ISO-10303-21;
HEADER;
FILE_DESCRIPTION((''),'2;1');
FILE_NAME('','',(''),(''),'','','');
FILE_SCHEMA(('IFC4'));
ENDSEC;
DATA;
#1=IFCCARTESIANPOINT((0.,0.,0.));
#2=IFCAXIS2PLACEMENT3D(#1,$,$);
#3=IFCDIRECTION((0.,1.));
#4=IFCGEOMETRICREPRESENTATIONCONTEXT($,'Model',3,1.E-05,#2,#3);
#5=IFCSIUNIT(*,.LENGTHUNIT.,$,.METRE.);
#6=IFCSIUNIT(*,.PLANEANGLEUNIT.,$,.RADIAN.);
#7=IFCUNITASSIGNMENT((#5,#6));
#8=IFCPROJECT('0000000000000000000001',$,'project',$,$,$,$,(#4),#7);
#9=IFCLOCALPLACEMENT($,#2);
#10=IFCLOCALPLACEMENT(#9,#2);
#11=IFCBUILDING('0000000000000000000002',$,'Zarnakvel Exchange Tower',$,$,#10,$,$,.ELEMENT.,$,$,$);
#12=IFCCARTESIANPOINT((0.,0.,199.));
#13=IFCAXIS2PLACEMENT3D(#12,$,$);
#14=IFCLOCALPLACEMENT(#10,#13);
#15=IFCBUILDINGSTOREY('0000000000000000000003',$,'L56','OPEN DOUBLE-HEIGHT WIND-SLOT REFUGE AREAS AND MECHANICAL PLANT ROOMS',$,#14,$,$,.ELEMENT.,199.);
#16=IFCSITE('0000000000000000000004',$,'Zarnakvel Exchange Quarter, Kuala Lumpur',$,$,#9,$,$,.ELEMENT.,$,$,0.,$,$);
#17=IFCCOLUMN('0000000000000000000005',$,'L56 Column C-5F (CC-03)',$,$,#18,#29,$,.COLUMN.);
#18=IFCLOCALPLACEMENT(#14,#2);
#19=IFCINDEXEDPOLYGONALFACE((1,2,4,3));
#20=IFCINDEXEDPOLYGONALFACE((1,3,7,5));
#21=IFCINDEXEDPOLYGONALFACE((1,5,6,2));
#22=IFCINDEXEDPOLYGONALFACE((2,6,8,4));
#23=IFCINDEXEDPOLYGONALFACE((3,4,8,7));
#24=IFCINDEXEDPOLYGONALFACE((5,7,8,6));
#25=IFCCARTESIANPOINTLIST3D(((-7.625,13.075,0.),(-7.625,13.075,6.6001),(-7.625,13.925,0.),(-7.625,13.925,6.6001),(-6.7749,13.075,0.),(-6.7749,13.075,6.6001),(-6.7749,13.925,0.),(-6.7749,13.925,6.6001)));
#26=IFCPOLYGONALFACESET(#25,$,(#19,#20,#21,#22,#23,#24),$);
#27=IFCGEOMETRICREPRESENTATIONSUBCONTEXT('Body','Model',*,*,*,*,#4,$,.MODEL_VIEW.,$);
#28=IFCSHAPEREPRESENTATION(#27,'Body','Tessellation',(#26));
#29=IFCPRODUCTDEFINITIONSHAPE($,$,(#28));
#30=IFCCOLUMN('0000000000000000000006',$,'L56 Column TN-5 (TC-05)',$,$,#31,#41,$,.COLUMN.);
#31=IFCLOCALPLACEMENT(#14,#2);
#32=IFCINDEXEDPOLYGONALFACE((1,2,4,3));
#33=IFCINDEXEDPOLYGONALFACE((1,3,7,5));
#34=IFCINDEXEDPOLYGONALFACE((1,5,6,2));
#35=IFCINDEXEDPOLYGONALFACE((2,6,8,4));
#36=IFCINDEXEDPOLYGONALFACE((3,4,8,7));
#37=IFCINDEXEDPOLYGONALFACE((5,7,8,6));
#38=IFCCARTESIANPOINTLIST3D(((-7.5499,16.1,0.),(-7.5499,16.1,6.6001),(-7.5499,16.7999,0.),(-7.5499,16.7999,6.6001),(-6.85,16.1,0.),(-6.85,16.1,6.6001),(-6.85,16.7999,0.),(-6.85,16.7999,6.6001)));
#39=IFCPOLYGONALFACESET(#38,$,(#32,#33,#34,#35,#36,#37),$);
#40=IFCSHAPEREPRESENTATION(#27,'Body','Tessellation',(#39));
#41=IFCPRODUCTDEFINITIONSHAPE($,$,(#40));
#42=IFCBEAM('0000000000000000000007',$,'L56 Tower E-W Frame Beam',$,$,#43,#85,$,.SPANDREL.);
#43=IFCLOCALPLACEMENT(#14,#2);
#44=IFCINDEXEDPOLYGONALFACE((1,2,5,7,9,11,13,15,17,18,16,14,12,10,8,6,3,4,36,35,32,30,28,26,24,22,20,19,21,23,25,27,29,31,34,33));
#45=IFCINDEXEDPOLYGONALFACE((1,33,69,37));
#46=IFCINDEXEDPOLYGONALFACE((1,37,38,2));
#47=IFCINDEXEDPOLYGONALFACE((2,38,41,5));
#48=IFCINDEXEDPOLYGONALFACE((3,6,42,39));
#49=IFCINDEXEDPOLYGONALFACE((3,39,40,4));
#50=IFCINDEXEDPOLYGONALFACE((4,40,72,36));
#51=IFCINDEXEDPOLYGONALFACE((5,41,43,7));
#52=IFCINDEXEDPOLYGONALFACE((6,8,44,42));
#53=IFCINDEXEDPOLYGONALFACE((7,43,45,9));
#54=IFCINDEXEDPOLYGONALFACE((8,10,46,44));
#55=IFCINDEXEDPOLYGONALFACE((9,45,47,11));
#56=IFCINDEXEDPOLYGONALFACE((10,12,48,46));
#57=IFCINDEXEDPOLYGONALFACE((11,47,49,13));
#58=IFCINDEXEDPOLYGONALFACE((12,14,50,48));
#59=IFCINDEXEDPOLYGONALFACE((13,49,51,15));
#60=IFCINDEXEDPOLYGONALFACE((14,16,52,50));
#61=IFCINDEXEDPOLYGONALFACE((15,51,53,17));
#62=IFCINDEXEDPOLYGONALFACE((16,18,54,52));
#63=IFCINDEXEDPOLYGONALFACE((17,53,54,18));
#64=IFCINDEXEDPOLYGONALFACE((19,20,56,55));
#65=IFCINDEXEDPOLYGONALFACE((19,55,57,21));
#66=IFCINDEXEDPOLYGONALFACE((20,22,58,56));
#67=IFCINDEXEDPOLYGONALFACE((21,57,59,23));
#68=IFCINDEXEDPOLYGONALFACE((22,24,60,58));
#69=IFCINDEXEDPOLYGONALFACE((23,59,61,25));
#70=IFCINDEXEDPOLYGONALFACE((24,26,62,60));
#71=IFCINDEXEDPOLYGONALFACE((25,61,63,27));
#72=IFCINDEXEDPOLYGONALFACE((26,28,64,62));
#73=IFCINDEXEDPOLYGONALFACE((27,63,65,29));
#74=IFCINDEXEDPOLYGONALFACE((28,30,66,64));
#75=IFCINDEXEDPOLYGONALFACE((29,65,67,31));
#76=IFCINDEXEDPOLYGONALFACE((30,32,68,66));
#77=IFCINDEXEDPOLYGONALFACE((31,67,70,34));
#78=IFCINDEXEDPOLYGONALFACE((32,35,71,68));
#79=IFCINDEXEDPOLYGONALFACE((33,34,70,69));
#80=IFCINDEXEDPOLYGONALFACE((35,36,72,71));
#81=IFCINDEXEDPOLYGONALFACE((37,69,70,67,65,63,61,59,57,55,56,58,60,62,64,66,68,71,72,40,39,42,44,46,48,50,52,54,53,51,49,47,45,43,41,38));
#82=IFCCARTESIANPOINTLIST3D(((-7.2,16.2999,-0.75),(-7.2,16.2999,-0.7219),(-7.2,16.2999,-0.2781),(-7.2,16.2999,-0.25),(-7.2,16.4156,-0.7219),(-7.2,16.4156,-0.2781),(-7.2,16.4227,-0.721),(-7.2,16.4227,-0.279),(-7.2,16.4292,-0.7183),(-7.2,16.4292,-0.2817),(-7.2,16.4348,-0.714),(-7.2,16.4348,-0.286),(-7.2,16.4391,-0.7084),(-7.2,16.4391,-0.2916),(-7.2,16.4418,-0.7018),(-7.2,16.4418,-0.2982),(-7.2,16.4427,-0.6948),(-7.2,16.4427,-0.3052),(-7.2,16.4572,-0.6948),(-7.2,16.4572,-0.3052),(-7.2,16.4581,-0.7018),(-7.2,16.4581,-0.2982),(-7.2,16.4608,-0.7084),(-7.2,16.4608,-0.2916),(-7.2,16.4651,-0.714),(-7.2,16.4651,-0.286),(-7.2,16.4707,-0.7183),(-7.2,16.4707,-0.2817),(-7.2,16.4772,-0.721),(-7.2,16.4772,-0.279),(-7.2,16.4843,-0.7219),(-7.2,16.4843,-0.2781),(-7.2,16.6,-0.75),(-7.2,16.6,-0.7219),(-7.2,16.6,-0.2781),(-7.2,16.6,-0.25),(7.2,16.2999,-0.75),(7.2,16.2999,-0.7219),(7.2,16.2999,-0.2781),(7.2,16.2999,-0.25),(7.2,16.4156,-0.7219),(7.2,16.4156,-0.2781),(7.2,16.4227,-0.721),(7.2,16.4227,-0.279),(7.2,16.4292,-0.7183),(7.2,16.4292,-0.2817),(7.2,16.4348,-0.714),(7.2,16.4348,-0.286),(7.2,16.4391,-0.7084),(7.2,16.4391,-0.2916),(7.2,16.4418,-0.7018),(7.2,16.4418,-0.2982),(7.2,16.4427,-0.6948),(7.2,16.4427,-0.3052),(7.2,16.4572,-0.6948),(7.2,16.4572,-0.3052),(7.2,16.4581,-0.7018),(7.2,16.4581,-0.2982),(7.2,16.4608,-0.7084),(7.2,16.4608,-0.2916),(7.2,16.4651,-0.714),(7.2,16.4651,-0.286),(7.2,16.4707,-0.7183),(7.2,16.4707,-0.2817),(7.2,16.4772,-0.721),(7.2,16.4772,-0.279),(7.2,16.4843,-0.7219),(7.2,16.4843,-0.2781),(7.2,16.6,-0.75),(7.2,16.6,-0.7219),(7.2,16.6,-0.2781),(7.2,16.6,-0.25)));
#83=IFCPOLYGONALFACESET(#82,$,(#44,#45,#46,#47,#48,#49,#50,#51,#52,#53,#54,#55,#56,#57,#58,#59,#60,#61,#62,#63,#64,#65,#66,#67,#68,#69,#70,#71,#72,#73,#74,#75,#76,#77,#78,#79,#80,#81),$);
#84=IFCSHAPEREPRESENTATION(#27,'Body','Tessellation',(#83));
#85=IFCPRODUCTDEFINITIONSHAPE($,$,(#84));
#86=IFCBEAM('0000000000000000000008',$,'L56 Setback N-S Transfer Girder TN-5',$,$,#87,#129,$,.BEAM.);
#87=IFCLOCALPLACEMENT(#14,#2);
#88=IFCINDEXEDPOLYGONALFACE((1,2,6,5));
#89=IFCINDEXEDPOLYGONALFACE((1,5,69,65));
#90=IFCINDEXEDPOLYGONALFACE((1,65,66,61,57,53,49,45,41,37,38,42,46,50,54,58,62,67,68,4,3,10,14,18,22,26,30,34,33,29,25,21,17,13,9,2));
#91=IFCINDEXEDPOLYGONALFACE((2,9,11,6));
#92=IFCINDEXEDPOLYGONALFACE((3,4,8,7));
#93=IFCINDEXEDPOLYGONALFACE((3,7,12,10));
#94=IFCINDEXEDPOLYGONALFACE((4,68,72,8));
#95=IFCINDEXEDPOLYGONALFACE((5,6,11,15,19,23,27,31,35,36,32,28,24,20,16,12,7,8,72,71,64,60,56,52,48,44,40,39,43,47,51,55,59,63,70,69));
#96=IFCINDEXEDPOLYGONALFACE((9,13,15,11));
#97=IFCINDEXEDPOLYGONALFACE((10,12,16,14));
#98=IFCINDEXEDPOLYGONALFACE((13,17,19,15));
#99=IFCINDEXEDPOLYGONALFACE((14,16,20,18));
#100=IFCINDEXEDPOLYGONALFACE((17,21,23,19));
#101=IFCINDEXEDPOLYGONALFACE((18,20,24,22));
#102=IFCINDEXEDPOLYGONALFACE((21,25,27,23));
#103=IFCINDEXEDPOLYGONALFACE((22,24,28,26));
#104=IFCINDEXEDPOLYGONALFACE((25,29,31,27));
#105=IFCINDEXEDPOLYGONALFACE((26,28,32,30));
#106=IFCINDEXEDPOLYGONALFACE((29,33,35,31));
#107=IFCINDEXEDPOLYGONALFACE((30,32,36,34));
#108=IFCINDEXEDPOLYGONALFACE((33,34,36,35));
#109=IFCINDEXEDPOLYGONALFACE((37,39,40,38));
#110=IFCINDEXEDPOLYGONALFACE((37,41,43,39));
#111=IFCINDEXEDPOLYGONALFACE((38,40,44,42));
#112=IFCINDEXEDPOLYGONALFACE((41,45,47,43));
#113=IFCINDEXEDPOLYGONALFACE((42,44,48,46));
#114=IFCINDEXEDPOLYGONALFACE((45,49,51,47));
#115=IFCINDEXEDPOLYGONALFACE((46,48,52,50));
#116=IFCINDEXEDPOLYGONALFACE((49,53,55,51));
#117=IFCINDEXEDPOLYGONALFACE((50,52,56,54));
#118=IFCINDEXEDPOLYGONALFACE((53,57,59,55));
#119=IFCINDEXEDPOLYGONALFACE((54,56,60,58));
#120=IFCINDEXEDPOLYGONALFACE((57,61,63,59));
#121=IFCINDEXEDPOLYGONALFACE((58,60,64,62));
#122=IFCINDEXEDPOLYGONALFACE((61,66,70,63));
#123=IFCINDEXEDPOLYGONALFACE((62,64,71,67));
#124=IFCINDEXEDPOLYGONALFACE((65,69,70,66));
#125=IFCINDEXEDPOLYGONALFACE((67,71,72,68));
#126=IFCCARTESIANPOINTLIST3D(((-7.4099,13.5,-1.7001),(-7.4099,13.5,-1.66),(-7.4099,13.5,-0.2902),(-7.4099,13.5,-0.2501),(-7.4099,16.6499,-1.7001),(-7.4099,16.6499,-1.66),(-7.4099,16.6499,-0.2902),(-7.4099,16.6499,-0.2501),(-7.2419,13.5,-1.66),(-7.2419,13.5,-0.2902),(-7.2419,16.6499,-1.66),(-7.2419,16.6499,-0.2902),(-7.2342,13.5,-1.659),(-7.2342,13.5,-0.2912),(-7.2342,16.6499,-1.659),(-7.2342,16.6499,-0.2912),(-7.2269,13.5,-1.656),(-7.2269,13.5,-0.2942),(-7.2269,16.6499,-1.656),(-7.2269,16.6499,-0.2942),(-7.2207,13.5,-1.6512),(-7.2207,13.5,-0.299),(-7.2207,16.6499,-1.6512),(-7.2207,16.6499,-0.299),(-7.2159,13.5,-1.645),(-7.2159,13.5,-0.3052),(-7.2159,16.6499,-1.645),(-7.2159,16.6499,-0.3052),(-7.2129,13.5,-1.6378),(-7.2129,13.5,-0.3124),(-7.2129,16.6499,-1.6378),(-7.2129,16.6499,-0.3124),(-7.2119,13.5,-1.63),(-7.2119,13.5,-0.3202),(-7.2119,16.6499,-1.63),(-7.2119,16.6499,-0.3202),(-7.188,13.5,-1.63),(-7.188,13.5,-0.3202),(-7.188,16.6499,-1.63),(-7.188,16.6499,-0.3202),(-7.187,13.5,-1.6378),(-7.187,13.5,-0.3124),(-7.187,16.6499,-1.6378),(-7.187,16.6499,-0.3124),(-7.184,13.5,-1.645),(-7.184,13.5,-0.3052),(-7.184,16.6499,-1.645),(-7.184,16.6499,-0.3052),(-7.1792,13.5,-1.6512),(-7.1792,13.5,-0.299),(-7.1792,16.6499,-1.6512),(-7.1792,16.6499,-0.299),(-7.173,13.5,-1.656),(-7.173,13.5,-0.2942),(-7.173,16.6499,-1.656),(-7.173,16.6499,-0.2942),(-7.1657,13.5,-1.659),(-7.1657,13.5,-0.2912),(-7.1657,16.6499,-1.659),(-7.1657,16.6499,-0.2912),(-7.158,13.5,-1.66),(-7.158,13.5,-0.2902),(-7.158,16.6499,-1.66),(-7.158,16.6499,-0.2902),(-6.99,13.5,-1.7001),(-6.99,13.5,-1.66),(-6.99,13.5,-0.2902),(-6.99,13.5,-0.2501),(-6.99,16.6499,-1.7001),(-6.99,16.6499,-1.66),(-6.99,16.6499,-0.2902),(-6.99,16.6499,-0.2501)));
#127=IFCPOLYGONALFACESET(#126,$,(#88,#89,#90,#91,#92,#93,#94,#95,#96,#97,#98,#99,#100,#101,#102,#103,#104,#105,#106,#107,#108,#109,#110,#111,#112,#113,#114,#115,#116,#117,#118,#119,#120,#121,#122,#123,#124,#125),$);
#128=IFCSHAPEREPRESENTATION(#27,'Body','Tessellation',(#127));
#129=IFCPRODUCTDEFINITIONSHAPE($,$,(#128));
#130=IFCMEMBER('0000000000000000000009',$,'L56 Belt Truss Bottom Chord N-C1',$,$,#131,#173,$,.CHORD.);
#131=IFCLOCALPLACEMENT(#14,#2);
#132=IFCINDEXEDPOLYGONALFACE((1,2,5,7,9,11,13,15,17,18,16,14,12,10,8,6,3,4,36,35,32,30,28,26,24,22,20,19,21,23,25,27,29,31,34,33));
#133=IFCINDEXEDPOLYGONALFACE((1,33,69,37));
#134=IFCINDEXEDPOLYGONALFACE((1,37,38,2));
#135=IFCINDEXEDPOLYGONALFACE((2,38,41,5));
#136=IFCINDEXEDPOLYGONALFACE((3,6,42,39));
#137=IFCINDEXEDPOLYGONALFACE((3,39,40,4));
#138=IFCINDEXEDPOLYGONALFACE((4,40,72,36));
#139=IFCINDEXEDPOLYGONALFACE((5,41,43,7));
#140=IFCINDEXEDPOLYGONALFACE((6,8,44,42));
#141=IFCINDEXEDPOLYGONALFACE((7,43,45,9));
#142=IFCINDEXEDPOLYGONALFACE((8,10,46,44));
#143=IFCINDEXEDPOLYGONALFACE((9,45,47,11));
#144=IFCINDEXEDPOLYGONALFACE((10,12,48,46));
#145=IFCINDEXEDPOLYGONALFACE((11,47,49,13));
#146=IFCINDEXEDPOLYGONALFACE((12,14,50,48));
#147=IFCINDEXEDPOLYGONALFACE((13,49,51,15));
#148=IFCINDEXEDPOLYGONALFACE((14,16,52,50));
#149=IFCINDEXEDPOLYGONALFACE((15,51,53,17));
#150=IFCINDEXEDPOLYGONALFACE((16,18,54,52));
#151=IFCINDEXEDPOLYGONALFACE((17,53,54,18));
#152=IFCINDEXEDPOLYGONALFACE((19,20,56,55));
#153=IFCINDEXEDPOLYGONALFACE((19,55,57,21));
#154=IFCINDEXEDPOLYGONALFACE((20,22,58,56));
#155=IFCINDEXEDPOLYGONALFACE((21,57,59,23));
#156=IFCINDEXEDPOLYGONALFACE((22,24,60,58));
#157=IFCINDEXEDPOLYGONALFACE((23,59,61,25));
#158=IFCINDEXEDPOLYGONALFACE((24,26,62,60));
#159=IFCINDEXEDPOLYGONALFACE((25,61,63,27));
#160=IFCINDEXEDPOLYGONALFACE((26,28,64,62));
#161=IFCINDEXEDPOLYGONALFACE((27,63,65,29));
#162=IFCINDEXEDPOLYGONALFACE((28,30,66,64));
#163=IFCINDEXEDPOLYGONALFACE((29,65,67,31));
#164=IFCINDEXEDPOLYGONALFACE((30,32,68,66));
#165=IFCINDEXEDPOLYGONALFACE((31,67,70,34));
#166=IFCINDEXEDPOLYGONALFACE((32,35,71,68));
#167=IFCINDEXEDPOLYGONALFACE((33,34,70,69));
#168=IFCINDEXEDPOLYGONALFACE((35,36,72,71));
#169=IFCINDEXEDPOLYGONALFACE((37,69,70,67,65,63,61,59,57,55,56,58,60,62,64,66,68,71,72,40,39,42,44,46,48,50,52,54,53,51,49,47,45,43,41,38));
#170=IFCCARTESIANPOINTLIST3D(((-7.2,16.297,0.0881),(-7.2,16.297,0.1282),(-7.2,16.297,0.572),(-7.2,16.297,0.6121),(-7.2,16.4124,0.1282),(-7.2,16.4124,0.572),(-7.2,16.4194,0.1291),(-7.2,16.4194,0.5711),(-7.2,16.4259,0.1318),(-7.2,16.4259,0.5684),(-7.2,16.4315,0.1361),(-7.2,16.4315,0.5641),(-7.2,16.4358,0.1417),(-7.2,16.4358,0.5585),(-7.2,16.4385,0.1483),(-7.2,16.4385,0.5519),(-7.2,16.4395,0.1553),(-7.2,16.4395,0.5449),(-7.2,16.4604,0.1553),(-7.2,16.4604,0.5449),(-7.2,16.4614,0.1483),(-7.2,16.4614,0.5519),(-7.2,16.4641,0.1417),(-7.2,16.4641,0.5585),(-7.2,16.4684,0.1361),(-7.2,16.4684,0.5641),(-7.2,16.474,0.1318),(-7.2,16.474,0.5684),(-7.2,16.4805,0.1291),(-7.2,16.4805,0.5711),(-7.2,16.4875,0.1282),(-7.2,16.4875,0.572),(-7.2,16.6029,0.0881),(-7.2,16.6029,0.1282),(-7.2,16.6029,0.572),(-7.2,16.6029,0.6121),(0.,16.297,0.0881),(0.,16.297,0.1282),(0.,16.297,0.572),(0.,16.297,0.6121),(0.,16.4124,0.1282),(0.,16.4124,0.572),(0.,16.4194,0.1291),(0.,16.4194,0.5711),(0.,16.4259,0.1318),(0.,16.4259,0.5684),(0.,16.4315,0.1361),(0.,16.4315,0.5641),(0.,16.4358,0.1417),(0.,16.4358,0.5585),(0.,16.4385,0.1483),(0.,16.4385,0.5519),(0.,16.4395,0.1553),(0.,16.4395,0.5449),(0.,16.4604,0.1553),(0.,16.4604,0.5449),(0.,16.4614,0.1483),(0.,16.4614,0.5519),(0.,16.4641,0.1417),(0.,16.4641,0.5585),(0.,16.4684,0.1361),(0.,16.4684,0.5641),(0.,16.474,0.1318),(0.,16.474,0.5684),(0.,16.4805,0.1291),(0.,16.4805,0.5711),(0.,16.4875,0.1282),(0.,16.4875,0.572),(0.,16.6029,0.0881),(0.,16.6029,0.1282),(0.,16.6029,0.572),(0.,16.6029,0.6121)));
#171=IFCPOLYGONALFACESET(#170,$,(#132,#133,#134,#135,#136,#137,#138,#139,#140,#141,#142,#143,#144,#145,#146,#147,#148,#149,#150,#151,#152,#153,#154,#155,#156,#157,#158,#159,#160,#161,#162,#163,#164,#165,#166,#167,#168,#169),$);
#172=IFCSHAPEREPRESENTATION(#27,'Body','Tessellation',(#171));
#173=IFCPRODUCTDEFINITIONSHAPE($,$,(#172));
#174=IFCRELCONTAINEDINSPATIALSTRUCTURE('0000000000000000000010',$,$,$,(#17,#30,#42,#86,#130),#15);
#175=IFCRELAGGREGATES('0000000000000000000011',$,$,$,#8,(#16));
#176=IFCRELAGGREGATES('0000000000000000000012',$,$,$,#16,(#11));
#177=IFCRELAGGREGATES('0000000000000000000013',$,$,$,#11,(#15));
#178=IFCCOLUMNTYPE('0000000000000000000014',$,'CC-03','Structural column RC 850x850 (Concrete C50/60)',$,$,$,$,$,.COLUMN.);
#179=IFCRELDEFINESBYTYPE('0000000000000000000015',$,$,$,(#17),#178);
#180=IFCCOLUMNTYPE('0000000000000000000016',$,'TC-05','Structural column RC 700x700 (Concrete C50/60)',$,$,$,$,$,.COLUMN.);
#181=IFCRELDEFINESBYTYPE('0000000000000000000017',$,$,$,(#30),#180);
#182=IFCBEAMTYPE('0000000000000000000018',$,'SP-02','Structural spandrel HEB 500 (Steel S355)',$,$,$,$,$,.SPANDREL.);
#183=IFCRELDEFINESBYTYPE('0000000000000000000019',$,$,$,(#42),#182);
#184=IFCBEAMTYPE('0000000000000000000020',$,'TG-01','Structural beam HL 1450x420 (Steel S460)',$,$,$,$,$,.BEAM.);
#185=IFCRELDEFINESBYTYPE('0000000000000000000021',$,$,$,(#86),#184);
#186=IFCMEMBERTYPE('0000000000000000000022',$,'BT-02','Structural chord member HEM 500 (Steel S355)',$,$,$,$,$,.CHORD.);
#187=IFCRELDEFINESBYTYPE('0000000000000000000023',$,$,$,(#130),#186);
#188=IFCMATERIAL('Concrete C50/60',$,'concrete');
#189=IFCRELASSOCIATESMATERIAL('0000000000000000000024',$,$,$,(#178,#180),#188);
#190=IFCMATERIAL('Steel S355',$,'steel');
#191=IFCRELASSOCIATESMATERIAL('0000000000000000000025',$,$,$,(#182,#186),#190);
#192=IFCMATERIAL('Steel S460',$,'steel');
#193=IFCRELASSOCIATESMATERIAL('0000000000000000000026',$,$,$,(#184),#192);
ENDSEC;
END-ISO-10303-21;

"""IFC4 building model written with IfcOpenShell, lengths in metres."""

from ifc_helpers import new_model, si_unit, direction, frame, origin, origin_2d, place, context, subcontext, project, spatial, rectangle, i_section, extrude, source, transform, mapped, material, material_profile, profile_set, type_object, element, save


model = new_model("IFC4")

# Units and contexts
model_context = context("Model", 3, precision=1e-05, world=origin(), true_north=direction((0.0, 1.0)))
body_context = subcontext(model_context, "Body", "Model", "MODEL_VIEW")
ifc_project = project(units=[si_unit("LENGTHUNIT", "METRE"), si_unit("PLANEANGLEUNIT", "RADIAN")], contexts=[model_context])

# Site, building, storey
site_placement = place(None, origin())
site = spatial("IfcSite", under=ifc_project, at=site_placement, Name="Zarnakvel Exchange Quarter, Kuala Lumpur", CompositionType="ELEMENT", RefElevation=0.0)
building_placement = place(site_placement, origin())
building = spatial("IfcBuilding", under=site, at=building_placement, Name="Zarnakvel Exchange Tower", CompositionType="ELEMENT")
storey_placement = place(building_placement, frame((0.0, 0.0, 199.0)))
storey = spatial("IfcBuildingStorey", under=building, at=storey_placement, Name="L56", Description="OPEN DOUBLE-HEIGHT WIND-SLOT REFUGE AREAS AND MECHANICAL PLANT ROOMS", CompositionType="ELEMENT", Elevation=199.0)

# Columns
ifc_material_1 = material(Name="Concrete C50/60", Category="concrete")
ifc_material_profile_1 = material_profile(ifc_material_1, rectangle(XDim=0.8501, YDim=0.8501, at=origin_2d()))
ifc_profile_set_1 = profile_set([ifc_material_profile_1], Name="Concrete C50/60")
column_type_1 = type_object("IfcColumnType", Name="CC-03", Description="Structural column RC 850x850 (Concrete C50/60)", PredefinedType="COLUMN", material=ifc_profile_set_1)
column_1_placement = place(storey_placement, frame((-7.2, 13.5, 0.0), z_axis=(0.0, 0.0, 1.0), x_axis=(1.0, 0.0, 0.0)))
element("IfcColumn", 1, at=column_1_placement, inside=storey, type_object=column_type_1, Name="L56 Column C-5F (CC-03)", PredefinedType="COLUMN", context=body_context, shape_type="SweptSolid", body=[
    extrude(rectangle(XDim=0.8501, YDim=0.8501, at=origin_2d()), origin(), (0.0, 0.0, 1.0), 6.6001),
])
ifc_material_profile_2 = material_profile(ifc_material_1, rectangle(XDim=0.7, YDim=0.7, at=origin_2d()))
ifc_profile_set_2 = profile_set([ifc_material_profile_2], Name="Concrete C50/60")
column_type_2 = type_object("IfcColumnType", Name="TC-05", Description="Structural column RC 700x700 (Concrete C50/60)", PredefinedType="COLUMN", material=ifc_profile_set_2)
column_2_placement = place(storey_placement, frame((-7.2, 16.45, 0.0), z_axis=(0.0, 0.0, 1.0), x_axis=(1.0, 0.0, 0.0)))
element("IfcColumn", 2, at=column_2_placement, inside=storey, type_object=column_type_2, Name="L56 Column TN-5 (TC-05)", PredefinedType="COLUMN", context=body_context, shape_type="SweptSolid", body=[
    extrude(rectangle(XDim=0.7, YDim=0.7, at=origin_2d()), origin(), (0.0, 0.0, 1.0), 6.6001),
])

# Beams
ifc_material_2 = material(Name="Steel S355", Category="steel")
ifc_material_profile_3 = material_profile(ifc_material_2, i_section(OverallWidth=0.3, OverallDepth=0.5, WebThickness=0.0144, FlangeThickness=0.0281, FilletRadius=0.0271, at=origin_2d()))
ifc_profile_set_3 = profile_set([ifc_material_profile_3], Name="Steel S355")
beam_type_1 = type_object("IfcBeamType", Name="SP-02", Description="Structural spandrel HEB 500 (Steel S355)", PredefinedType="SPANDREL", material=ifc_profile_set_3)
beam_1_placement = place(storey_placement, frame((-7.2, 16.45, -0.5), z_axis=(1.0, 0.0, 0.0), x_axis=(0.0, 1.0, 0.0)))
element("IfcBeam", 3, at=beam_1_placement, inside=storey, type_object=beam_type_1, Name="L56 Tower E-W Frame Beam", PredefinedType="SPANDREL", context=body_context, shape_type="SweptSolid", body=[
    extrude(i_section(OverallWidth=0.3, OverallDepth=0.5, WebThickness=0.0144, FlangeThickness=0.0281, FilletRadius=0.0271, at=origin_2d()), origin(), (0.0, 0.0, 1.0), 14.3999),
])
ifc_material_3 = material(Name="Steel S460", Category="steel")
ifc_material_profile_4 = material_profile(ifc_material_3, i_section(OverallWidth=0.4199, OverallDepth=1.45, WebThickness=0.0239, FlangeThickness=0.04, FilletRadius=0.03, at=origin_2d()))
ifc_profile_set_4 = profile_set([ifc_material_profile_4], Name="Steel S460")
beam_type_2 = type_object("IfcBeamType", Name="TG-01", Description="Structural beam HL 1450x420 (Steel S460)", PredefinedType="BEAM", material=ifc_profile_set_4)
beam_2_placement = place(storey_placement, frame((-7.2, 13.5, -0.9751), z_axis=(0.0, 1.0, 0.0), x_axis=(-1.0, 0.0, 0.0)))
element("IfcBeam", 4, at=beam_2_placement, inside=storey, type_object=beam_type_2, Name="L56 Setback N-S Transfer Girder TN-5", PredefinedType="BEAM", context=body_context, shape_type="SweptSolid", body=[
    extrude(i_section(OverallWidth=0.4199, OverallDepth=1.45, WebThickness=0.0239, FlangeThickness=0.04, FilletRadius=0.03, at=origin_2d()), origin(), (0.0, 0.0, 1.0), 3.1499),
])

# Member
ifc_material_profile_5 = material_profile(ifc_material_2, i_section(OverallWidth=0.3059, OverallDepth=0.5239, WebThickness=0.021, FlangeThickness=0.04, FilletRadius=0.0271, at=origin_2d()))
ifc_profile_set_5 = profile_set([ifc_material_profile_5], Name="Steel S355")
member_type_1 = type_object("IfcMemberType", Name="BT-02", Description="Structural chord member HEM 500 (Steel S355)", PredefinedType="CHORD", material=ifc_profile_set_5)
shared_shape_1 = source(origin(), body_context, "Body", "SweptSolid", [
    extrude(i_section(OverallWidth=0.3059, OverallDepth=0.5239, WebThickness=0.021, FlangeThickness=0.04, FilletRadius=0.0271, at=origin_2d()), origin(), (0.0, 0.0, 1.0), 7.2),
])
for number, where, z_axis, x_axis, name in (
    (5, (-7.2, 16.45, 0.3501), (1.0, 0.0, 0.0), (0.0, 1.0, 0.0), "L56 Belt Truss Bottom Chord N-C1"),
):
    element("IfcMember", number, at=place(storey_placement, frame(where, z_axis=z_axis, x_axis=x_axis)), inside=storey, type_object=member_type_1, Name=name, PredefinedType="CHORD", context=body_context, shape_type="MappedRepresentation", body=[
        mapped(shared_shape_1, transform((0.0, 0.0, 0.0), x_axis=(1.0, 0.0, 0.0), y_axis=(0.0, 1.0, 0.0), z_axis=(0.0, 0.0, 1.0), scale=1.0)),
    ])

save(model, "model.ifc")
